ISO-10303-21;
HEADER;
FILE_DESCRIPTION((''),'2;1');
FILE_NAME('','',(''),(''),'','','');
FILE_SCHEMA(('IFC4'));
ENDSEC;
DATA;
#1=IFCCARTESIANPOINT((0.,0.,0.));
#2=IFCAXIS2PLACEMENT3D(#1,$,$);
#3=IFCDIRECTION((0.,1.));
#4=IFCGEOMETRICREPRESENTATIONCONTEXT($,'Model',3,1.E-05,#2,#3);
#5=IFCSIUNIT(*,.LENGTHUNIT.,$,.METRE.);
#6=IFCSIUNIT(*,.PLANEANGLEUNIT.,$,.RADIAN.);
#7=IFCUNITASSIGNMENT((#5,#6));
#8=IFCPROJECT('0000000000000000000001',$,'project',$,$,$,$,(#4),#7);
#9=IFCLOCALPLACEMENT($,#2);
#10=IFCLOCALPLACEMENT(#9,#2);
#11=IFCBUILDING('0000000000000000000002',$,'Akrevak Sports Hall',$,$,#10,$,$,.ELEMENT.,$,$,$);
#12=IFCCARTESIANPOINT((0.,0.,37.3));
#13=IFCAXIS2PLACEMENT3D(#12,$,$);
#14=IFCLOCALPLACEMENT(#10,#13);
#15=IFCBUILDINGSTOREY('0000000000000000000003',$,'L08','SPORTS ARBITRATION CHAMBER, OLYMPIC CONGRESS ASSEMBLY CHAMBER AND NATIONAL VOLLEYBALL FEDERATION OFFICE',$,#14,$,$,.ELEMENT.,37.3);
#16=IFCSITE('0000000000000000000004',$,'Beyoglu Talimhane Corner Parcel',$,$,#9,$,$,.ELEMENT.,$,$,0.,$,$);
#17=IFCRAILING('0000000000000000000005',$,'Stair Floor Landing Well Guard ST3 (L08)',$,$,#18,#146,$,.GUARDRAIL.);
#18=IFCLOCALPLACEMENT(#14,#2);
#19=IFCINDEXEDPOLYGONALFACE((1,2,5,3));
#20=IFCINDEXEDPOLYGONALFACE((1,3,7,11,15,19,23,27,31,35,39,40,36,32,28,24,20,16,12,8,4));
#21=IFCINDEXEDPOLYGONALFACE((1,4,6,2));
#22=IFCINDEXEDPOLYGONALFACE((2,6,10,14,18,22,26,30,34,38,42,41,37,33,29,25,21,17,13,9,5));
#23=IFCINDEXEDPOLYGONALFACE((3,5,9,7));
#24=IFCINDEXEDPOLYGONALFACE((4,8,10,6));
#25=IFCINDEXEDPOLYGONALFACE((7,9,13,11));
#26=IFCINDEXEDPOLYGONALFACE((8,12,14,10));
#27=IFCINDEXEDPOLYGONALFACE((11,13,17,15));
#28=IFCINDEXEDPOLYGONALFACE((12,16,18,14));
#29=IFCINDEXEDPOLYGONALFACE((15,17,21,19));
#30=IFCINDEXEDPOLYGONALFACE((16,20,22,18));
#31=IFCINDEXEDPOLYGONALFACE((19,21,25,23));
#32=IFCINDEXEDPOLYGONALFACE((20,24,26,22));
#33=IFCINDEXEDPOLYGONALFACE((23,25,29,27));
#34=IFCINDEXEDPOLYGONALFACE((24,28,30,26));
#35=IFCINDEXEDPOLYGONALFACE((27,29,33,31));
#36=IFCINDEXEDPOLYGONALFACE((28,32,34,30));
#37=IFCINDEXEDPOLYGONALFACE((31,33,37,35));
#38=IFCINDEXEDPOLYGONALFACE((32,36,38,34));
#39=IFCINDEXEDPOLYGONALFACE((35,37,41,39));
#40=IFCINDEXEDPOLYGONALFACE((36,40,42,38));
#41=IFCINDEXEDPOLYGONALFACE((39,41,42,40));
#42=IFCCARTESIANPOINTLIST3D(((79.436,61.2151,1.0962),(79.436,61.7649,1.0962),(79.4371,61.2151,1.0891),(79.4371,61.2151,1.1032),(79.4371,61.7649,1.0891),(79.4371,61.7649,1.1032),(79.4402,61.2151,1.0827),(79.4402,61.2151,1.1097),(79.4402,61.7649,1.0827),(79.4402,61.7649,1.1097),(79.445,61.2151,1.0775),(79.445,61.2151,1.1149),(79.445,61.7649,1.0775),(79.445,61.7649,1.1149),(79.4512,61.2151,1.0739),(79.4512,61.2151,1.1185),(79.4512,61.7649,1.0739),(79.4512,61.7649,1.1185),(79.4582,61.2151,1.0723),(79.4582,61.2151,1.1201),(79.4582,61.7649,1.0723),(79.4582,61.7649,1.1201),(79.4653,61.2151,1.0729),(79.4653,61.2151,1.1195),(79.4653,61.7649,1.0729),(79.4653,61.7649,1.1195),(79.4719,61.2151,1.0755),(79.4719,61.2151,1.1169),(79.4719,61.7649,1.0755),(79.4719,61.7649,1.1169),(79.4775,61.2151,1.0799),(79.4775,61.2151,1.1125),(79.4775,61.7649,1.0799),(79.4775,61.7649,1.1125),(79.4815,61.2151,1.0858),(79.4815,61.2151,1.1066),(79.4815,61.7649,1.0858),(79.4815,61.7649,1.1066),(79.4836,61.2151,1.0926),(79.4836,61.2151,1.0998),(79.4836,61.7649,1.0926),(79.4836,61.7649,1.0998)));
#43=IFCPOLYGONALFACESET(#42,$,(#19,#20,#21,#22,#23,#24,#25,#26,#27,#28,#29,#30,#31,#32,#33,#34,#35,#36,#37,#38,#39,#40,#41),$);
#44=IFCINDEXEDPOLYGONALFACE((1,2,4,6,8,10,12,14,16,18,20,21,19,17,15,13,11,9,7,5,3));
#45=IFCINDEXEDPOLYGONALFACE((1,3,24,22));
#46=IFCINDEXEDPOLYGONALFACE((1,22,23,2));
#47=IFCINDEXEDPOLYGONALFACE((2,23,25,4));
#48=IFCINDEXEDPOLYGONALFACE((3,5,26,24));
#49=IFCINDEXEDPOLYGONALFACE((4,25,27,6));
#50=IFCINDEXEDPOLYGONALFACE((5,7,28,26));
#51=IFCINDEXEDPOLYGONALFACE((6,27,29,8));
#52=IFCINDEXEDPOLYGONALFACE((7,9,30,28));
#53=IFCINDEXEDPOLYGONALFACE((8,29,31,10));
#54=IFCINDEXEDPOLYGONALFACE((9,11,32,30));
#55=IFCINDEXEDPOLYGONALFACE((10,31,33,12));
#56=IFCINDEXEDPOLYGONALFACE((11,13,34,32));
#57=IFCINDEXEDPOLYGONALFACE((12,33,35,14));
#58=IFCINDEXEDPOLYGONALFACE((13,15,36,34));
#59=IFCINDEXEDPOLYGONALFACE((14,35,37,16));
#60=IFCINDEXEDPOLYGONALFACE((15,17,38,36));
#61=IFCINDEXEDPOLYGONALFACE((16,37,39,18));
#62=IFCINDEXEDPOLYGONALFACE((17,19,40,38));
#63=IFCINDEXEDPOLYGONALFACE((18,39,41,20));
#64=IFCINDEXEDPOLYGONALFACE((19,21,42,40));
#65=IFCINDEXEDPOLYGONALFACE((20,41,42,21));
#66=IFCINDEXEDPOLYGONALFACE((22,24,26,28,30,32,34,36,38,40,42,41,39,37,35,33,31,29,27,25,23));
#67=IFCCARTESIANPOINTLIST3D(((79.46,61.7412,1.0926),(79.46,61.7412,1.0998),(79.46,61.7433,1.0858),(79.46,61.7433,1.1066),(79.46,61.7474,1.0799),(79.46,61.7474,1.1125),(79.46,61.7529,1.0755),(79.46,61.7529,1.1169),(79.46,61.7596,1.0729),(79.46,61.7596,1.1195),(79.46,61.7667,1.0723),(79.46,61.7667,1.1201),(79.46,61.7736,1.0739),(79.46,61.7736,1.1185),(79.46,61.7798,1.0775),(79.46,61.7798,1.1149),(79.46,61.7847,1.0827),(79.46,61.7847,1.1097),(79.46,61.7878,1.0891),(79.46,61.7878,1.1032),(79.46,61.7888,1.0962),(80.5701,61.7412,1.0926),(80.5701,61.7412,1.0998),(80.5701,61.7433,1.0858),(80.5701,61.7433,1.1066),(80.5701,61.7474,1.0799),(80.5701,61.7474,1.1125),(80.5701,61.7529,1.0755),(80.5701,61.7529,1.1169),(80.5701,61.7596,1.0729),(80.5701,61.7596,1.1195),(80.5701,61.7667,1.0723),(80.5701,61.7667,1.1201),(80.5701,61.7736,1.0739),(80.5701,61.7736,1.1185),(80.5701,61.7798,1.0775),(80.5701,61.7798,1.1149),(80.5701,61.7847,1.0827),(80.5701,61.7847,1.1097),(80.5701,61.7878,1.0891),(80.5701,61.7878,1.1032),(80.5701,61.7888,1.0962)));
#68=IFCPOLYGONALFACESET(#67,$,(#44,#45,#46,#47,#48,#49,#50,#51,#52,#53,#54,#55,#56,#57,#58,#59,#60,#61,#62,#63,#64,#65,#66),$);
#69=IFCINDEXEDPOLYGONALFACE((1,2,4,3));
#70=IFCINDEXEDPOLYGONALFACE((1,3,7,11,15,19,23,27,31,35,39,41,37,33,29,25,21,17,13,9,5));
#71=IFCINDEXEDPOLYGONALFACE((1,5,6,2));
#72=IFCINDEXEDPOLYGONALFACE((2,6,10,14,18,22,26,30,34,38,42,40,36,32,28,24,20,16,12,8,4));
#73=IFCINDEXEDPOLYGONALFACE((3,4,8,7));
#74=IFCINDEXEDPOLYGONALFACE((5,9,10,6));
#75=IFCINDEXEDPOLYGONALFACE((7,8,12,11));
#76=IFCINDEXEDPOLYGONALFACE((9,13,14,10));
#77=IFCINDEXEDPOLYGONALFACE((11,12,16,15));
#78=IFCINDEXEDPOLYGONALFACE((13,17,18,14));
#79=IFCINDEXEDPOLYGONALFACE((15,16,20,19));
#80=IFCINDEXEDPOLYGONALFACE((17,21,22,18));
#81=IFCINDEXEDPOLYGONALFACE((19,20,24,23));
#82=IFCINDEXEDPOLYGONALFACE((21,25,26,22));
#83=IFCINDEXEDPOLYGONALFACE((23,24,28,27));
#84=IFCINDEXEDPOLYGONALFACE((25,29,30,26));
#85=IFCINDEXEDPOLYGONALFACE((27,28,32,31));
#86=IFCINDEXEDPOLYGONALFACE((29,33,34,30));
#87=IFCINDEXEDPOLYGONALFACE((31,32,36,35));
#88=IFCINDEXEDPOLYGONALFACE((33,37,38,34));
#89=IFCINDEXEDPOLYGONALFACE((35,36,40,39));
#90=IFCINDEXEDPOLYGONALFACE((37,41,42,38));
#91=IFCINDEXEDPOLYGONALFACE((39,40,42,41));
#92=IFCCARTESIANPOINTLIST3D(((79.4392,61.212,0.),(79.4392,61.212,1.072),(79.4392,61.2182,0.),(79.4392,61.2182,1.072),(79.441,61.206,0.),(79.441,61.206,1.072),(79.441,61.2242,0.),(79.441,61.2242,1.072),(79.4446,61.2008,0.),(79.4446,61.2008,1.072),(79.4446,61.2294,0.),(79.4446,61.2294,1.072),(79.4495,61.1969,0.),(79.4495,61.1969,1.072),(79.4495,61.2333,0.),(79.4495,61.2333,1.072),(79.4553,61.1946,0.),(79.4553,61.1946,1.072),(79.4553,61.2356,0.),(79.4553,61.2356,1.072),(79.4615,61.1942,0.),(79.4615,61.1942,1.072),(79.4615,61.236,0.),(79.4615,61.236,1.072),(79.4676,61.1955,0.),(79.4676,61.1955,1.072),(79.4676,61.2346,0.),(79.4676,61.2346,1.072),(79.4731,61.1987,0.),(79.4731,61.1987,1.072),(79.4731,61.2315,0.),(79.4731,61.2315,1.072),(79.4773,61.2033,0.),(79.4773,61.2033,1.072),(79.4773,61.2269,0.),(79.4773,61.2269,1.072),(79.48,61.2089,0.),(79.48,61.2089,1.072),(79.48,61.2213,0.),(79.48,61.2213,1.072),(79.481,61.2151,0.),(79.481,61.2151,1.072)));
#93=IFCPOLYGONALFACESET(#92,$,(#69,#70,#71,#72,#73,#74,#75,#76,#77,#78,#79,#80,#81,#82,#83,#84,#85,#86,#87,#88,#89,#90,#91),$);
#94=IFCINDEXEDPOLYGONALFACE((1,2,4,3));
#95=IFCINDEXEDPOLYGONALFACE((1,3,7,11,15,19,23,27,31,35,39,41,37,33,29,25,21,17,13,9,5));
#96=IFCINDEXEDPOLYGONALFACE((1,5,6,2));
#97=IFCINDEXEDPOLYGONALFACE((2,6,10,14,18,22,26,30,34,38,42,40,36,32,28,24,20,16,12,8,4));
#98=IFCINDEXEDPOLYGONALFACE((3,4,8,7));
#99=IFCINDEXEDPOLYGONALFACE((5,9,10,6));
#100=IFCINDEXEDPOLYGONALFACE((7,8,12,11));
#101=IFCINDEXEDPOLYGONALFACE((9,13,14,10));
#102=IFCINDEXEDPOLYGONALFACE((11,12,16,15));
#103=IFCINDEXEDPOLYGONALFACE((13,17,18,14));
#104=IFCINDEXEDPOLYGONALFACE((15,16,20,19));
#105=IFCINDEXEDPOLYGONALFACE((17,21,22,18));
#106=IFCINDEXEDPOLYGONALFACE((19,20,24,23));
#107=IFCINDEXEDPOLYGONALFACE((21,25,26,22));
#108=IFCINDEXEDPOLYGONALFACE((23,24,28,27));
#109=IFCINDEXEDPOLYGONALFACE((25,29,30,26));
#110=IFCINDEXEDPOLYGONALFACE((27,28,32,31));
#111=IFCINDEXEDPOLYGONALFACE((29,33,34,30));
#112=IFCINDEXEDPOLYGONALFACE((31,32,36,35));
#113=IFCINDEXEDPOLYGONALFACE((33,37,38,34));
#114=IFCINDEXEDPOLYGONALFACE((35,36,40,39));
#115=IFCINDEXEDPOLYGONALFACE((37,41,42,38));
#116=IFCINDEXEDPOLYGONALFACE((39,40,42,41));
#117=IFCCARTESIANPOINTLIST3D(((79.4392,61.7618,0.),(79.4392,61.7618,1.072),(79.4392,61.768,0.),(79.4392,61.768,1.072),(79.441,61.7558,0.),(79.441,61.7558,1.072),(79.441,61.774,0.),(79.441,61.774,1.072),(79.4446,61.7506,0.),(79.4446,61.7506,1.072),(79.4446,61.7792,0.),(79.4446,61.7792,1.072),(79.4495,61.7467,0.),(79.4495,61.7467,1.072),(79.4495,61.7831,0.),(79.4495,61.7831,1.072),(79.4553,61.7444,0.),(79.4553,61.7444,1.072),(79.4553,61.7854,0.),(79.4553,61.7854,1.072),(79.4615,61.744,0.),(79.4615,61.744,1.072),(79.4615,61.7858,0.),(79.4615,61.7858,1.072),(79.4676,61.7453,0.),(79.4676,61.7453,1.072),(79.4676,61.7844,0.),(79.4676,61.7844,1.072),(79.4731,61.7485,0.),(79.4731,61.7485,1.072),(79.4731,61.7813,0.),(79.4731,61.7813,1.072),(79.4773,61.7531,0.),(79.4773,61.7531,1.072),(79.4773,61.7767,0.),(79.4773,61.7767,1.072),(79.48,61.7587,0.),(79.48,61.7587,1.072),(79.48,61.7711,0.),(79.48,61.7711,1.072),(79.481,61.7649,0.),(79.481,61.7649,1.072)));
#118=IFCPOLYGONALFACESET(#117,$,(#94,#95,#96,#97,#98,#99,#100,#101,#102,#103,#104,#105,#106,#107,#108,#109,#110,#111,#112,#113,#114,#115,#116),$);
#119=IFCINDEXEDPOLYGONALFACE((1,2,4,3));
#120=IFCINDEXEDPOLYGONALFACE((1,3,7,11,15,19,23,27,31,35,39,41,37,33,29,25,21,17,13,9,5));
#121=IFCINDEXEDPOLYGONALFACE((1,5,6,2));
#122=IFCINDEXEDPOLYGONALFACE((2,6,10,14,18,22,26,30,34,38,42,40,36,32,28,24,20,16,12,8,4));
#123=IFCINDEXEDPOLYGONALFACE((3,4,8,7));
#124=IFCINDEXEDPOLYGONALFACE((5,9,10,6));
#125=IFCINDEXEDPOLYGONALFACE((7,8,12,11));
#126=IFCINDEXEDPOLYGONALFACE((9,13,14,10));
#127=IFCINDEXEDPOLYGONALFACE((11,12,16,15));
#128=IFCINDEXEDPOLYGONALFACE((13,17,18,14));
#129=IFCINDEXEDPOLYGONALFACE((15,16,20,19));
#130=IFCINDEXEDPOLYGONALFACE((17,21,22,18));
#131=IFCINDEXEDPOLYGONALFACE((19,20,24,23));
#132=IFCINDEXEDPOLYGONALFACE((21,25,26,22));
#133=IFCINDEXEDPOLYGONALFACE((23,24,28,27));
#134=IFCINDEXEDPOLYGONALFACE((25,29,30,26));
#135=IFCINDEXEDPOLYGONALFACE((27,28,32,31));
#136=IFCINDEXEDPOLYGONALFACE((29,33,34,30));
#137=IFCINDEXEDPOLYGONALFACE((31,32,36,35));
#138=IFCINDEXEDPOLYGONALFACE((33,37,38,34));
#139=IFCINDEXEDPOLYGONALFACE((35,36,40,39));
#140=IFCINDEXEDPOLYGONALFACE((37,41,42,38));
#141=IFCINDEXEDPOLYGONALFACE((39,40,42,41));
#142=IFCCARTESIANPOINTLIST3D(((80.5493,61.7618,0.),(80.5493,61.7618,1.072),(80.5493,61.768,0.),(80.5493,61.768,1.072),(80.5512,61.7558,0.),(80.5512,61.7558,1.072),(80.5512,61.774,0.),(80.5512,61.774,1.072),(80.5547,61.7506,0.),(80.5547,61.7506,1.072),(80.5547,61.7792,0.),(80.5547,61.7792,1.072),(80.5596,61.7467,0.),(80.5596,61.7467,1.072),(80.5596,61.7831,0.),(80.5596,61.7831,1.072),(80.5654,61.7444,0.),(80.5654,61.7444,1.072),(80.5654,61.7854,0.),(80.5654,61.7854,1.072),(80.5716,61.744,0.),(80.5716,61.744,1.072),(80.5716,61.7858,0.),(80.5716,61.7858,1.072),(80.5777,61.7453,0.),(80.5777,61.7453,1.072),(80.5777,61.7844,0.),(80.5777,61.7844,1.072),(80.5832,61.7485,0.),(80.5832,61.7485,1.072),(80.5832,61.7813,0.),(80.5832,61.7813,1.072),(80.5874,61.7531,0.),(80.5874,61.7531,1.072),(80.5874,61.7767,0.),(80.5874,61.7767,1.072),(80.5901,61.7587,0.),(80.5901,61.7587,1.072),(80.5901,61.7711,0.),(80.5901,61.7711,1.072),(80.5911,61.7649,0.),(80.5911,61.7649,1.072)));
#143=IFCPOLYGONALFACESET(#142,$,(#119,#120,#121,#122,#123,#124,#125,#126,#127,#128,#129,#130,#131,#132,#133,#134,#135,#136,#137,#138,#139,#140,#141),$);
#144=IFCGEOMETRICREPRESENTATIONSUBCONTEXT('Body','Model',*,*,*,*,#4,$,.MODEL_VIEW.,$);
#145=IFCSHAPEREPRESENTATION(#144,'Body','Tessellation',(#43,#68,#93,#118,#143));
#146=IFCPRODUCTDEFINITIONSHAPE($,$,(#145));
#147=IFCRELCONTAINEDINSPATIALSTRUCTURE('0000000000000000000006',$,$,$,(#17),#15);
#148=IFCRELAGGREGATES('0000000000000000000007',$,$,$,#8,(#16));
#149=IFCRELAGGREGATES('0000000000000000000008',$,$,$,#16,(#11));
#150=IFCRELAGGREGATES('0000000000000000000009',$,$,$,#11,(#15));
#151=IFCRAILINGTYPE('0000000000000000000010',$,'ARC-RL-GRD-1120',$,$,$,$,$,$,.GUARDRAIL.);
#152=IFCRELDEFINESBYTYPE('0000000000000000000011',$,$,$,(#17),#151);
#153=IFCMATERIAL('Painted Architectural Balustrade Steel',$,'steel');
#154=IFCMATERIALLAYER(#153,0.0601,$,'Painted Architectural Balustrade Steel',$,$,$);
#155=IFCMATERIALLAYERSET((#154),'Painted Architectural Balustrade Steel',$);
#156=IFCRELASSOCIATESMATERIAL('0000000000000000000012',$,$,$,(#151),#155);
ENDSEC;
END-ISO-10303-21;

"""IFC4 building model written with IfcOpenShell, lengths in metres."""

from ifc_helpers import new_model, si_unit, direction, frame, origin, origin_2d, place, context, subcontext, project, spatial, circle, extrude, material, layer, layer_set, type_object, element, save


model = new_model("IFC4")

# Units and contexts
model_context = context("Model", 3, precision=1e-05, world=origin(), true_north=direction((0.0, 1.0)))
body_context = subcontext(model_context, "Body", "Model", "MODEL_VIEW")
ifc_project = project(units=[si_unit("LENGTHUNIT", "METRE"), si_unit("PLANEANGLEUNIT", "RADIAN")], contexts=[model_context])

# Site, building, storey
site_placement = place(None, origin())
site = spatial("IfcSite", under=ifc_project, at=site_placement, Name="Beyoglu Talimhane Corner Parcel", CompositionType="ELEMENT", RefElevation=0.0)
building_placement = place(site_placement, origin())
building = spatial("IfcBuilding", under=site, at=building_placement, Name="Akrevak Sports Hall", CompositionType="ELEMENT")
storey_placement = place(building_placement, frame((0.0, 0.0, 37.3)))
storey = spatial("IfcBuildingStorey", under=building, at=storey_placement, Name="L08", Description="SPORTS ARBITRATION CHAMBER, OLYMPIC CONGRESS ASSEMBLY CHAMBER AND NATIONAL VOLLEYBALL FEDERATION OFFICE", CompositionType="ELEMENT", Elevation=37.3)

# Railing
ifc_material_1 = material(Name="Painted Architectural Balustrade Steel", Category="steel")
ifc_layer_1 = layer(ifc_material_1, 0.0601, Name="Painted Architectural Balustrade Steel")
ifc_layer_set_1 = layer_set([ifc_layer_1], Name="Painted Architectural Balustrade Steel")
railing_type_1 = type_object("IfcRailingType", Name="ARC-RL-GRD-1120", PredefinedType="GUARDRAIL", material=ifc_layer_set_1)
railing_1_placement = place(storey_placement, frame((79.46, 61.2151, 0.0)))
element("IfcRailing", 1, at=railing_1_placement, inside=storey, type_object=railing_type_1, Name="Stair Floor Landing Well Guard ST3 (L08)", PredefinedType="GUARDRAIL", context=body_context, shape_type="SweptSolid", body=[
    extrude(circle(Radius=0.0239, at=origin_2d()), frame((0.0, 0.0, 1.0962), z_axis=(0.0, 1.0, 0.0), x_axis=(-1.0, 0.0, 0.0)), (0.0, 0.0, 1.0), 0.5498),
    extrude(circle(Radius=0.0239, at=origin_2d()), frame((0.0, 0.5498, 1.0962), z_axis=(1.0, 0.0, 0.0), x_axis=(0.0, 1.0, 0.0)), (0.0, 0.0, 1.0), 1.1101),
    extrude(circle(Radius=0.021, at=origin_2d()), origin(), (0.0, 0.0, 1.0), 1.072),
    extrude(circle(Radius=0.021, at=origin_2d()), frame((0.0, 0.5498, 0.0)), (0.0, 0.0, 1.0), 1.072),
    extrude(circle(Radius=0.021, at=origin_2d()), frame((1.1101, 0.5498, 0.0)), (0.0, 0.0, 1.0), 1.072),
])

save(model, "model.ifc")
